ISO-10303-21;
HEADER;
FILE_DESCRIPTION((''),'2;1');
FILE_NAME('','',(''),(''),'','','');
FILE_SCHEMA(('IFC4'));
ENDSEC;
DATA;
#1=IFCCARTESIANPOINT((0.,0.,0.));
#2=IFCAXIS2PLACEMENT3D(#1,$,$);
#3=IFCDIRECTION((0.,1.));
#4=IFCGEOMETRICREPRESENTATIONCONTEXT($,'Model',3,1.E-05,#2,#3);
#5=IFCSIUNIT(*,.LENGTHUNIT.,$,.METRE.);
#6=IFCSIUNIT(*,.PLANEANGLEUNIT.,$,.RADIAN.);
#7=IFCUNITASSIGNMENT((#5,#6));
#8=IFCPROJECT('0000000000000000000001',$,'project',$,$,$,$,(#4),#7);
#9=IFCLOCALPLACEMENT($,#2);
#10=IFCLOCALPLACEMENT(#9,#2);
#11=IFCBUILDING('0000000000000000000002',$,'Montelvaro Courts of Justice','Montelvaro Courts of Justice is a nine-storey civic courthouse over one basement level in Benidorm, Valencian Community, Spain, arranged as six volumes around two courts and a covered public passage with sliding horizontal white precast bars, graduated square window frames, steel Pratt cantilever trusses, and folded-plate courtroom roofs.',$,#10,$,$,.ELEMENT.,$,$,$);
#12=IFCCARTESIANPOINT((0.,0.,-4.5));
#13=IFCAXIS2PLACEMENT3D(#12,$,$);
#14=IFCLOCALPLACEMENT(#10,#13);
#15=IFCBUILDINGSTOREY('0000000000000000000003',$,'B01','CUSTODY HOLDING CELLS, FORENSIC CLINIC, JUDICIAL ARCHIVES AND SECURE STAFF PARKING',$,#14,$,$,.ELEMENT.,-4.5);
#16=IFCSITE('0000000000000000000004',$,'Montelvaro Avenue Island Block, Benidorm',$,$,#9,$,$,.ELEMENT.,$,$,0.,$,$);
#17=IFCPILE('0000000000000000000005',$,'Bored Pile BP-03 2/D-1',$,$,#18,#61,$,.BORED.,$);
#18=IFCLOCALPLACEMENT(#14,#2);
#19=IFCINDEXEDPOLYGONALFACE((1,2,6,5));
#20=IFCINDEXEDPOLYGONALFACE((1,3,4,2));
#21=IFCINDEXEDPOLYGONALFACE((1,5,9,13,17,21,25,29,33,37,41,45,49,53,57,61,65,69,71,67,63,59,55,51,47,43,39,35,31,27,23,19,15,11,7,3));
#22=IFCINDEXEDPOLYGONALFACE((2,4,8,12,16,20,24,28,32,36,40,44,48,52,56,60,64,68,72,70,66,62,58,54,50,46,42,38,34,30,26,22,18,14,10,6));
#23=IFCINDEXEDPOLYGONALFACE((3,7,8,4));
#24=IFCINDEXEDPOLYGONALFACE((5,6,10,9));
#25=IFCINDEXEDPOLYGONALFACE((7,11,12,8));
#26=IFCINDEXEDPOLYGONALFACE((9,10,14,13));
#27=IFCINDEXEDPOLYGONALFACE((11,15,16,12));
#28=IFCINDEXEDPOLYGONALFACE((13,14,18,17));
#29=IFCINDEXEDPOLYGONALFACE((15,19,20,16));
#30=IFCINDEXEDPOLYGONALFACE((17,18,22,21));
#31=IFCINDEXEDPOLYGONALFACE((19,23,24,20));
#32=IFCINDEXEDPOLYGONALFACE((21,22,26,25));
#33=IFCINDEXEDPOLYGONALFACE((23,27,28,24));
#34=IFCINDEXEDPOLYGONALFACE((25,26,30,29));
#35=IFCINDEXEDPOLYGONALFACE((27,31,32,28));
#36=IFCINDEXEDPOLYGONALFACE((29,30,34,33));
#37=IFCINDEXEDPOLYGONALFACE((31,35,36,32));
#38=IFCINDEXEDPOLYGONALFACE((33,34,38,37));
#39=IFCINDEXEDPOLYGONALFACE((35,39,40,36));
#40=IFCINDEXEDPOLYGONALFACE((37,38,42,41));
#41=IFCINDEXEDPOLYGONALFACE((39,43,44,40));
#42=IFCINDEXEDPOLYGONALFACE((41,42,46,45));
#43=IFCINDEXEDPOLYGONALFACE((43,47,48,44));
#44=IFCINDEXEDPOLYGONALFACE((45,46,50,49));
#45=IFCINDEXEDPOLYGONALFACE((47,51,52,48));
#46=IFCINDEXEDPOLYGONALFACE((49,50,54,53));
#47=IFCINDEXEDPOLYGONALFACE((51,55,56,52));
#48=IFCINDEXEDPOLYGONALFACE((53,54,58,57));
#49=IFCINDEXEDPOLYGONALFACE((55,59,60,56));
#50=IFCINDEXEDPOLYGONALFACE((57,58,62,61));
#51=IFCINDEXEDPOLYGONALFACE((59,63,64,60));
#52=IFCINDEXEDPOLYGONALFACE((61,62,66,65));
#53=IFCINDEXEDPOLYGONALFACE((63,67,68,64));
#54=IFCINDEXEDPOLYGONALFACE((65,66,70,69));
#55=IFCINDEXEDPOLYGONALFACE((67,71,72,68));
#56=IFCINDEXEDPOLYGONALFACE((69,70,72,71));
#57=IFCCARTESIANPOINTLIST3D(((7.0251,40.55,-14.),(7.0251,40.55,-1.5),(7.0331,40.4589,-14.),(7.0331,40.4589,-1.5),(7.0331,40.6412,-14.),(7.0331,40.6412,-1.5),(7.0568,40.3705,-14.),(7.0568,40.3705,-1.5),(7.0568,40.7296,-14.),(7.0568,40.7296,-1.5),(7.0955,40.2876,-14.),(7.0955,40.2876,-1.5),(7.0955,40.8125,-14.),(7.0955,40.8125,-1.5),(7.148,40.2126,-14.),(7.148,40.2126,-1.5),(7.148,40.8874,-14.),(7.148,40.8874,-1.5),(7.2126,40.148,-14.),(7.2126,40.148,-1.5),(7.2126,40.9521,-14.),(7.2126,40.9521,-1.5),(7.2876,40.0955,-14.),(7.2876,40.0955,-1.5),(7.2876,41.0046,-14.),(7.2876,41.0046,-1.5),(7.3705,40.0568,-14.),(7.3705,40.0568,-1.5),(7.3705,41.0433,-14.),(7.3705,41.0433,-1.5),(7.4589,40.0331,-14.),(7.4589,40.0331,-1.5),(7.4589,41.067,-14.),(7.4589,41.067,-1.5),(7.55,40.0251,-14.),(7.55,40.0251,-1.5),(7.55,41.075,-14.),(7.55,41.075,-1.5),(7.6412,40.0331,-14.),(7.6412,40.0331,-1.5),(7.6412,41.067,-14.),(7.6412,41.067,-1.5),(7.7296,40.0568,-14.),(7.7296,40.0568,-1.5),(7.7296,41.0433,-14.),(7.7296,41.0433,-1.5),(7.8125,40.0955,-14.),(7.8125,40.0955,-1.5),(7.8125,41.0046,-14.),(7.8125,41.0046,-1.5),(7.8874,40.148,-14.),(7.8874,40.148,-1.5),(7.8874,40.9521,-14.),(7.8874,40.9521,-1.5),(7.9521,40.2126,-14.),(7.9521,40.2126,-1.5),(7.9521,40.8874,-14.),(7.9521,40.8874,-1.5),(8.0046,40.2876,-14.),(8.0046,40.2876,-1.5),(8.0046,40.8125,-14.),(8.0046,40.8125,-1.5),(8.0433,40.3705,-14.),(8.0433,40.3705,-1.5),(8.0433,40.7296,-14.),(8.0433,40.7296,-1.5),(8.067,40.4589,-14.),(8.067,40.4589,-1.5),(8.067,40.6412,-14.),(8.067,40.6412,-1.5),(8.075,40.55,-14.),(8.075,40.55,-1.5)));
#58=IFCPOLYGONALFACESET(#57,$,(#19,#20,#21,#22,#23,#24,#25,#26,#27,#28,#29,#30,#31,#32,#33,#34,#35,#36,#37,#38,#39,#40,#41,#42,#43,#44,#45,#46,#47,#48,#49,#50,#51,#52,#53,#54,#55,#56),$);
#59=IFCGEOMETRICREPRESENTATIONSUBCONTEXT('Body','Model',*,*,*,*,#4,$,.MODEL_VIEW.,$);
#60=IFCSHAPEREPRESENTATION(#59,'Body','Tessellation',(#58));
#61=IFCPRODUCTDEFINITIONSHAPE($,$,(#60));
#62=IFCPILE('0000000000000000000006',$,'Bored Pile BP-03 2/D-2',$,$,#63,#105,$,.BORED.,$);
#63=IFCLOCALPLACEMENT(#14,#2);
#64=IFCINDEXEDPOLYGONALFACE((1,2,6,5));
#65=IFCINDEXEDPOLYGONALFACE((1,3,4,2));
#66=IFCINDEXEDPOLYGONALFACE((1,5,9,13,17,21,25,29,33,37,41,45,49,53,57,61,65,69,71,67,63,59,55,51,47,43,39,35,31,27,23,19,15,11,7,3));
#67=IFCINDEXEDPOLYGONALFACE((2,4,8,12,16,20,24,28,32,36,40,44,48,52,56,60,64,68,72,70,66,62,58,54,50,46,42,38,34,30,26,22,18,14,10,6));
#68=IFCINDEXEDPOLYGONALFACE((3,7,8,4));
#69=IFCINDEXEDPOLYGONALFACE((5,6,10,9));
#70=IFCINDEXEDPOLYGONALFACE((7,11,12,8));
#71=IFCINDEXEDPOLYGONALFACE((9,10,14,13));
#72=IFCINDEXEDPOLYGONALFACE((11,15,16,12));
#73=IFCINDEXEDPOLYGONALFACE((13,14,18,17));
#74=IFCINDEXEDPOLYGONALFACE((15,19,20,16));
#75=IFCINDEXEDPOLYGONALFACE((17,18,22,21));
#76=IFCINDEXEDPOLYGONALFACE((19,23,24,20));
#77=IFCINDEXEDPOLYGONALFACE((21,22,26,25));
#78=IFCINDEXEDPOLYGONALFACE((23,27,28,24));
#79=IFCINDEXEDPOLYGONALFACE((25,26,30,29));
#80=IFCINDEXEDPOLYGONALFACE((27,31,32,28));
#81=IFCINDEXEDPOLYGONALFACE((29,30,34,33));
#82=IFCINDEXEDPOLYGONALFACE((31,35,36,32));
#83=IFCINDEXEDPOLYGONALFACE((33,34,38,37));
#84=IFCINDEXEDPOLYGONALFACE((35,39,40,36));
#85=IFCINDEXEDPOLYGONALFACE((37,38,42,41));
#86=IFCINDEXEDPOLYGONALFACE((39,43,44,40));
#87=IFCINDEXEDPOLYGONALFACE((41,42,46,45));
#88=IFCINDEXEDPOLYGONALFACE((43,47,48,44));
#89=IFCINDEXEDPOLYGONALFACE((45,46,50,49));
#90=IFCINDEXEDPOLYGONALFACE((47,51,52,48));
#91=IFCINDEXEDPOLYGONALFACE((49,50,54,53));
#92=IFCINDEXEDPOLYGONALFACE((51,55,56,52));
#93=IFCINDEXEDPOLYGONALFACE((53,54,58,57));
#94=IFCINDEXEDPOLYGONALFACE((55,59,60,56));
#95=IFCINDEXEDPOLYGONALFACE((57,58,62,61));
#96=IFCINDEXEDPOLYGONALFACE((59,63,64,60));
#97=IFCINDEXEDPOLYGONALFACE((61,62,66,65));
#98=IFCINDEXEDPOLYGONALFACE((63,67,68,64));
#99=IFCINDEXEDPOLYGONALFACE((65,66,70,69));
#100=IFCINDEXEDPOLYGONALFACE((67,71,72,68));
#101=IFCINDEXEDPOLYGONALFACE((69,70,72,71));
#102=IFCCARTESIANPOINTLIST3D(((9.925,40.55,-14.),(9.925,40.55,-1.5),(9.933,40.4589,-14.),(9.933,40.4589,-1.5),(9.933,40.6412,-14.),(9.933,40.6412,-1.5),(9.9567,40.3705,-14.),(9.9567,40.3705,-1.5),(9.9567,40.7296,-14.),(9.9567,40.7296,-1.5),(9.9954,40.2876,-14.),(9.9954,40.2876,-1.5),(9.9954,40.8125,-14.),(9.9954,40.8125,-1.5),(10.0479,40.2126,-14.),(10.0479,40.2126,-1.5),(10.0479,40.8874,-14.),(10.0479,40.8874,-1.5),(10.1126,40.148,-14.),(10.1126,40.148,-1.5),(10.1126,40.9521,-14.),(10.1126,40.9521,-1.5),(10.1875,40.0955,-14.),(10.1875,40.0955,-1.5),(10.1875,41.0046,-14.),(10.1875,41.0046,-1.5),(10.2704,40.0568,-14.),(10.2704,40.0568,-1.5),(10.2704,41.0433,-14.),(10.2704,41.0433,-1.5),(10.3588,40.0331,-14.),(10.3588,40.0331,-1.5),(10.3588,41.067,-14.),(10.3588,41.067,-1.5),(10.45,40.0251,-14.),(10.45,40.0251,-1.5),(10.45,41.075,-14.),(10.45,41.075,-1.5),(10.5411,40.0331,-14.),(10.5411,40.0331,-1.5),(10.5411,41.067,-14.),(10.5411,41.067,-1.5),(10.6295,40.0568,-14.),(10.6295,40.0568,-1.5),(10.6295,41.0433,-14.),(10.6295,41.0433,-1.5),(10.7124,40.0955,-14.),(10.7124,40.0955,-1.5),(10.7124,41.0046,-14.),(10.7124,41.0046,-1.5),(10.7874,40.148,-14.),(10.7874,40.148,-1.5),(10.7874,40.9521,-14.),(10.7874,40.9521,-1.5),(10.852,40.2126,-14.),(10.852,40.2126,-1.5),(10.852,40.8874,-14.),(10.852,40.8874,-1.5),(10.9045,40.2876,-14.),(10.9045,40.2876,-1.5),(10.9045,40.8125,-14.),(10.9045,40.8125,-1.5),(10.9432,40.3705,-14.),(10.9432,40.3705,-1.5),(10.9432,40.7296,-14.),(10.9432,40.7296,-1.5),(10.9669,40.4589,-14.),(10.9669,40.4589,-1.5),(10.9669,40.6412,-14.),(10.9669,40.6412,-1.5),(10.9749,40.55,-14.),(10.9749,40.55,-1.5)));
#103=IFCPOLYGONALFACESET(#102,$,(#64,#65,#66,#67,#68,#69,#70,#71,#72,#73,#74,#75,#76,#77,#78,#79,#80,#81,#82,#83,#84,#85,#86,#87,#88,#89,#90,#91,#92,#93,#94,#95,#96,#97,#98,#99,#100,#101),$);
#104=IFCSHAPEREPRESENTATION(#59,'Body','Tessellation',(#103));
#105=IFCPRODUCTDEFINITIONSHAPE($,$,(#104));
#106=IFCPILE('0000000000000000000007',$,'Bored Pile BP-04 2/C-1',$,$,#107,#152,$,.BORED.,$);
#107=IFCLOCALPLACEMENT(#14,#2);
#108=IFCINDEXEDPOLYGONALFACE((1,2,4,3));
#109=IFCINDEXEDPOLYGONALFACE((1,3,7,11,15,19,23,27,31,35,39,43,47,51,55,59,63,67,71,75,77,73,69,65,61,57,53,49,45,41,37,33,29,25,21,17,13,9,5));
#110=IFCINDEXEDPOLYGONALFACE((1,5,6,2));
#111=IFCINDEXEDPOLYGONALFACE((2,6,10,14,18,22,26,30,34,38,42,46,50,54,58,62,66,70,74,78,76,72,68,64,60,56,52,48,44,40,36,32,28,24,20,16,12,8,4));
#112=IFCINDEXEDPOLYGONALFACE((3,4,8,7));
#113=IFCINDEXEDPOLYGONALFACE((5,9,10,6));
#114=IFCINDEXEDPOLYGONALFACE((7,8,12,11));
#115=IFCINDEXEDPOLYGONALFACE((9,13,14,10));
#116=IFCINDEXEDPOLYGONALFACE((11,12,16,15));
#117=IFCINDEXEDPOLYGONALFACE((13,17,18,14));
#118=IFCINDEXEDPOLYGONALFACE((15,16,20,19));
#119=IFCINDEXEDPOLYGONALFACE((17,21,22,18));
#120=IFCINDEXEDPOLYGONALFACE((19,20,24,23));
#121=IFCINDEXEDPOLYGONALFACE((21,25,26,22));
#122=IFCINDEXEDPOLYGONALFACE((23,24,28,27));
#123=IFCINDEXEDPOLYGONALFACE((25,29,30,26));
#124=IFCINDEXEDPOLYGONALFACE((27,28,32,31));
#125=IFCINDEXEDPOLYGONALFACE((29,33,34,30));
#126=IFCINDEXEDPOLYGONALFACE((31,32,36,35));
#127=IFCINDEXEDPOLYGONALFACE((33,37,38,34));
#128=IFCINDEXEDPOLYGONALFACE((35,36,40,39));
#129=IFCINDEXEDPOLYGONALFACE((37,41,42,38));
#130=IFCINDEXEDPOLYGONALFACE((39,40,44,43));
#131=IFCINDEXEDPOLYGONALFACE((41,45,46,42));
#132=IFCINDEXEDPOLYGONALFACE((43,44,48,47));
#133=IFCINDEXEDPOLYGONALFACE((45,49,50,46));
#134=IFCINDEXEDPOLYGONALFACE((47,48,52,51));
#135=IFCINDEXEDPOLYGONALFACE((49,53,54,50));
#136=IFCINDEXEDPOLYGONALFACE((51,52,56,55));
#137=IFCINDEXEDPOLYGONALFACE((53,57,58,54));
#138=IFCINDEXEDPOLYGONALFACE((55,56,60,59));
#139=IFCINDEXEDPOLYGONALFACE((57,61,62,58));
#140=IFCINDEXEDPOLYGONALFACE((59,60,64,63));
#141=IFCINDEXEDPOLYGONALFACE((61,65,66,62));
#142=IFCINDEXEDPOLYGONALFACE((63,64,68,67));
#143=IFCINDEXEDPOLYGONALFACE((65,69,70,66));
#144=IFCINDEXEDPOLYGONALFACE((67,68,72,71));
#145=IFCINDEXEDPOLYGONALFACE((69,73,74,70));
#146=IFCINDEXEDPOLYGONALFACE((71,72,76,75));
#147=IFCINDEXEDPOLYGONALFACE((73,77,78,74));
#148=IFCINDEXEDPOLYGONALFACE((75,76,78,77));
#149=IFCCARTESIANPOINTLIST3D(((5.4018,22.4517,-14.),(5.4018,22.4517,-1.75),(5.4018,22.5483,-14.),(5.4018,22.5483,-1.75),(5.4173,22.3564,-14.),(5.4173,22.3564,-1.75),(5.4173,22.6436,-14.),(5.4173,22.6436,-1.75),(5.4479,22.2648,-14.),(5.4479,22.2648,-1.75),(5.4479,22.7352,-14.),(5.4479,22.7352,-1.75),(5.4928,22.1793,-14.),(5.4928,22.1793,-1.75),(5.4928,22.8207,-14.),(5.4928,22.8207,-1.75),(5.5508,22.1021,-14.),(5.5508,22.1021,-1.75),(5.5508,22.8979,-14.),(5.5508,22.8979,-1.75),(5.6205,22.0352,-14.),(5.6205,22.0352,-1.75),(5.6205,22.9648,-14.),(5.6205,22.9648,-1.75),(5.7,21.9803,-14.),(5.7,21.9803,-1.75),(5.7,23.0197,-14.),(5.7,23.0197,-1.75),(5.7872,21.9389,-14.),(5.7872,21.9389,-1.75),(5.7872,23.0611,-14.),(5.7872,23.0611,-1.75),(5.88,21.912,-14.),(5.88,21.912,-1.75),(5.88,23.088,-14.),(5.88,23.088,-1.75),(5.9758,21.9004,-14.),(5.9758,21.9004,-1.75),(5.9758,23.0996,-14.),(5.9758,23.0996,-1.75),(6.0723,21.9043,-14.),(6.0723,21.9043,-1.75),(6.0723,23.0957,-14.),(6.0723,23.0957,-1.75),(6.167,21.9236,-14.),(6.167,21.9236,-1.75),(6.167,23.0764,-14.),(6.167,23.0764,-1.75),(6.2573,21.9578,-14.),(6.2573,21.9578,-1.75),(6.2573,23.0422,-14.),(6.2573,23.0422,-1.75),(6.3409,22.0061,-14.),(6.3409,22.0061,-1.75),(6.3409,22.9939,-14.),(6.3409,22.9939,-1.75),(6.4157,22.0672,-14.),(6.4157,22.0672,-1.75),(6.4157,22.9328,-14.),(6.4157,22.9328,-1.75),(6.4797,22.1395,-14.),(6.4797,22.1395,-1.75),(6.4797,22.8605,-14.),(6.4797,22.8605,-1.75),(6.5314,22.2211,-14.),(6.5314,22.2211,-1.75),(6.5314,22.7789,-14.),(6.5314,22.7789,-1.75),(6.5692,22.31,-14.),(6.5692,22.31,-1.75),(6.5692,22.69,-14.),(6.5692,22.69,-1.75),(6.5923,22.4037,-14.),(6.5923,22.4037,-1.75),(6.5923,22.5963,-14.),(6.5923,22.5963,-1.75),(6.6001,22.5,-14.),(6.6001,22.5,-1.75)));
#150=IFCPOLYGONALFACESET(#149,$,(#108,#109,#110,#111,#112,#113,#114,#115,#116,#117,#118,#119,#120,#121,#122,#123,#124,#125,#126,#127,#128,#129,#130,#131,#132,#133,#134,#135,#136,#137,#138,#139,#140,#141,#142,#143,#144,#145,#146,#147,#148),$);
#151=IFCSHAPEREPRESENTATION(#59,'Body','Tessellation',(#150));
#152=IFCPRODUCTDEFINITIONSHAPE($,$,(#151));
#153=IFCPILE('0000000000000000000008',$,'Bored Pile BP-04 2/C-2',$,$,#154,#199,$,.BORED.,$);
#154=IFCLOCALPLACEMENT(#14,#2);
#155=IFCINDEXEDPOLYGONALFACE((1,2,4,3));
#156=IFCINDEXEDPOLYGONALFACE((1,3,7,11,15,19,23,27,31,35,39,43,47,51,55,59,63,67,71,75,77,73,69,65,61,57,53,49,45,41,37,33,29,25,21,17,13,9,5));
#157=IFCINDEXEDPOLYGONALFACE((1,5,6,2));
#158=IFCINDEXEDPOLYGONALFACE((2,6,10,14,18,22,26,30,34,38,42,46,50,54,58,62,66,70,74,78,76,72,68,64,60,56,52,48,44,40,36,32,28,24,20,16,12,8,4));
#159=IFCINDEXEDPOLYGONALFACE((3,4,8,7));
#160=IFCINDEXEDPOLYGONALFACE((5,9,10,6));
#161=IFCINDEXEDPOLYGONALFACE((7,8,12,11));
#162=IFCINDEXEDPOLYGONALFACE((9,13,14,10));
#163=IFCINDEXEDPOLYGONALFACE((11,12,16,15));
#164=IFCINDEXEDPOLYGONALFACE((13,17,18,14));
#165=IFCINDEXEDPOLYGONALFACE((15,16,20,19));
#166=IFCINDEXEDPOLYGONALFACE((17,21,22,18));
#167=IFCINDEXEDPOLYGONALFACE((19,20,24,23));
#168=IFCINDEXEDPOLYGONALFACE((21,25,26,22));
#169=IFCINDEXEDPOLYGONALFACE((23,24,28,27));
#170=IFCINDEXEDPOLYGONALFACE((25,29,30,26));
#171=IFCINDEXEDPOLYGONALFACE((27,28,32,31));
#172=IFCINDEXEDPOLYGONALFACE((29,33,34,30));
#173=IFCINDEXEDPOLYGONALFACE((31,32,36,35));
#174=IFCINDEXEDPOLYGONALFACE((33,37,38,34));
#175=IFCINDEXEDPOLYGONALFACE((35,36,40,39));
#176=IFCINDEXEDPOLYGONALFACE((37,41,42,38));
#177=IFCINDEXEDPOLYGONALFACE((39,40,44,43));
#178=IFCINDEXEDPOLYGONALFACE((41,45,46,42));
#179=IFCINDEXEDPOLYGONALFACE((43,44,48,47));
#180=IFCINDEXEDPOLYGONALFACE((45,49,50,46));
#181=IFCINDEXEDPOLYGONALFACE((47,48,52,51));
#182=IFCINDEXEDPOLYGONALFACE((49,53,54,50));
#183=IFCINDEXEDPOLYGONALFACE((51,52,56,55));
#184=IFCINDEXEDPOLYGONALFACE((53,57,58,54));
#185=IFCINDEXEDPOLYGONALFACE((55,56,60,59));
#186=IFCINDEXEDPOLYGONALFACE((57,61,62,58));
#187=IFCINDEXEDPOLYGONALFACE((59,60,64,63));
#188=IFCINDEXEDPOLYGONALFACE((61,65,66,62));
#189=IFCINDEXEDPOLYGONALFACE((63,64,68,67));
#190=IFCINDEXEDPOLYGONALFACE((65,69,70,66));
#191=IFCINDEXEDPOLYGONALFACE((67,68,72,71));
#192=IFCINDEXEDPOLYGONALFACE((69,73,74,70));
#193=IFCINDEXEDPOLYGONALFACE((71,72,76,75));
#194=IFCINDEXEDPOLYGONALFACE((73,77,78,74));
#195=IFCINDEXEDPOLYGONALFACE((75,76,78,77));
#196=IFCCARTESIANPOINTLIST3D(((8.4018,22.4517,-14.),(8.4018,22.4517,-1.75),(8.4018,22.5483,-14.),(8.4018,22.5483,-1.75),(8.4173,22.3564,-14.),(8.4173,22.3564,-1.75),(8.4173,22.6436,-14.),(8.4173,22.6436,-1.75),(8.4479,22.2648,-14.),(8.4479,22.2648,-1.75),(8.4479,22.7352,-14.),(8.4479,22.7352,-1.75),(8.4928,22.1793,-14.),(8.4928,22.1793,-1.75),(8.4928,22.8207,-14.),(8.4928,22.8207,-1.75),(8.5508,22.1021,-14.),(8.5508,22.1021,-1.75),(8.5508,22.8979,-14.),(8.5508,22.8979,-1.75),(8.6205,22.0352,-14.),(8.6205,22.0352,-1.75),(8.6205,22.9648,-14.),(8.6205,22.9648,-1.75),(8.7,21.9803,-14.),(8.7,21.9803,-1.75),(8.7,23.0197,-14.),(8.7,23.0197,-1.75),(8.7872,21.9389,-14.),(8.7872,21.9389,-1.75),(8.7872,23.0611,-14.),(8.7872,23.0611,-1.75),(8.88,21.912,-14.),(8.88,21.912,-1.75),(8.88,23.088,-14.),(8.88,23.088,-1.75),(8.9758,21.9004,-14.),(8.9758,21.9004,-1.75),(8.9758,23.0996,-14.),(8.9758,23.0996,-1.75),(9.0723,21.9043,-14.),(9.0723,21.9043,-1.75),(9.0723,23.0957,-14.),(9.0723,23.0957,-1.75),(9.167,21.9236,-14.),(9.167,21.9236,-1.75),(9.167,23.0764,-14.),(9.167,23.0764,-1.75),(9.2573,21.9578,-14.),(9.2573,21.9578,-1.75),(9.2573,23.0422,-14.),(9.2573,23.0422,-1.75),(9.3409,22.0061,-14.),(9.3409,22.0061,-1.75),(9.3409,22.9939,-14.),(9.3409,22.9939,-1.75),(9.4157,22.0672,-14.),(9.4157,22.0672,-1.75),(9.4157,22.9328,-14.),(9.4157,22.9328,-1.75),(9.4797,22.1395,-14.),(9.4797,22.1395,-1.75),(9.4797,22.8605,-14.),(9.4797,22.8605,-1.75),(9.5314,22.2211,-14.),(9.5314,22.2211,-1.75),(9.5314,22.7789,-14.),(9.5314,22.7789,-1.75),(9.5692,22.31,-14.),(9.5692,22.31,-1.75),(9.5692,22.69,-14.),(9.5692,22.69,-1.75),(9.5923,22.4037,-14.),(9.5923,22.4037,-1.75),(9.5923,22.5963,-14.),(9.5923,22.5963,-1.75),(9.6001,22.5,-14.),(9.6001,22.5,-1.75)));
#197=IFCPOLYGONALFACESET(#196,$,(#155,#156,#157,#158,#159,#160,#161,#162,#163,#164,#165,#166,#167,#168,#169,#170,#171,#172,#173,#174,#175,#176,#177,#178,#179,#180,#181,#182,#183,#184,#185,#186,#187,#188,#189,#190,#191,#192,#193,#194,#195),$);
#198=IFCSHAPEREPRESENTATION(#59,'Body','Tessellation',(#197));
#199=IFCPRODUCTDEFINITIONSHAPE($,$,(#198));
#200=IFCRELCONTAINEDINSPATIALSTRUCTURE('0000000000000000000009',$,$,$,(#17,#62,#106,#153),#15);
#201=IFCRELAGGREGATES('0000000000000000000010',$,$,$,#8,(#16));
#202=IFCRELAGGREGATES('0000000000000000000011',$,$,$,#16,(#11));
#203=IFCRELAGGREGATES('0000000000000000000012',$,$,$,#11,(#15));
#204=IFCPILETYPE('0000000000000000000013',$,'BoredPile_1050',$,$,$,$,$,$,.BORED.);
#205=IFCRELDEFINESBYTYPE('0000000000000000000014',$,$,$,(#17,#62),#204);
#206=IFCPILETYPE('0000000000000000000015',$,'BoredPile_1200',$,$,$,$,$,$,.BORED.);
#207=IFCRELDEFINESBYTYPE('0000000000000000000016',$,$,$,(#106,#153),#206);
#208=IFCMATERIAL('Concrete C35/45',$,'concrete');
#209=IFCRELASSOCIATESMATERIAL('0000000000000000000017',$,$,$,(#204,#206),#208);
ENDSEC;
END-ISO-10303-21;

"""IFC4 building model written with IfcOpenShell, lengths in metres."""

from ifc_helpers import new_model, si_unit, direction, frame, origin, origin_2d, place, context, subcontext, project, spatial, circle, extrude, material, material_profile, profile_set, type_object, element, save


model = new_model("IFC4")

# Units and contexts
model_context = context("Model", 3, precision=1e-05, world=origin(), true_north=direction((0.0, 1.0)))
body_context = subcontext(model_context, "Body", "Model", "MODEL_VIEW")
ifc_project = project(units=[si_unit("LENGTHUNIT", "METRE"), si_unit("PLANEANGLEUNIT", "RADIAN")], contexts=[model_context])

# Site, building, storey
site_placement = place(None, origin())
site = spatial("IfcSite", under=ifc_project, at=site_placement, Name="Montelvaro Avenue Island Block, Benidorm", CompositionType="ELEMENT", RefElevation=0.0)
building_placement = place(site_placement, origin())
building = spatial("IfcBuilding", under=site, at=building_placement, Name="Montelvaro Courts of Justice", Description="Montelvaro Courts of Justice is a nine-storey civic courthouse over one basement level in Benidorm, Valencian Community, Spain, arranged as six volumes around two courts and a covered public passage with sliding horizontal white precast bars, graduated square window frames, steel Pratt cantilever trusses, and folded-plate courtroom roofs.", CompositionType="ELEMENT")
storey_placement = place(building_placement, frame((0.0, 0.0, -4.5)))
storey = spatial("IfcBuildingStorey", under=building, at=storey_placement, Name="B01", Description="CUSTODY HOLDING CELLS, FORENSIC CLINIC, JUDICIAL ARCHIVES AND SECURE STAFF PARKING", CompositionType="ELEMENT", Elevation=-4.5)

# Piles
ifc_material_1 = material(Name="Concrete C35/45", Category="concrete")
ifc_material_profile_1 = material_profile(ifc_material_1, circle(Radius=0.5249, at=origin_2d()), Name="BORED PILE D1050")
ifc_profile_set_1 = profile_set([ifc_material_profile_1], Name="Concrete C35/45")
pile_type_1 = type_object("IfcPileType", Name="BoredPile_1050", PredefinedType="BORED", material=ifc_profile_set_1)
for number, where, z_axis, x_axis, name in (
    (1, (7.55, 40.55, -1.5), (0.0, 0.0, -1.0), (1.0, 0.0, 0.0), "Bored Pile BP-03 2/D-1"),
    (2, (10.45, 40.55, -1.5), (0.0, 0.0, -1.0), (1.0, 0.0, 0.0), "Bored Pile BP-03 2/D-2"),
):
    element("IfcPile", number, at=place(storey_placement, frame(where, z_axis=z_axis, x_axis=x_axis)), inside=storey, type_object=pile_type_1, Name=name, PredefinedType="BORED", context=body_context, shape_type="SweptSolid", body=[
        extrude(circle(Radius=0.5249, at=origin_2d()), origin(), (0.0, 0.0, 1.0), 12.5),
    ])
ifc_material_profile_2 = material_profile(ifc_material_1, circle(Radius=0.6001, at=origin_2d()), Name="BORED PILE D1200")
ifc_profile_set_2 = profile_set([ifc_material_profile_2], Name="Concrete C35/45")
pile_type_2 = type_object("IfcPileType", Name="BoredPile_1200", PredefinedType="BORED", material=ifc_profile_set_2)
for number, where, z_axis, x_axis, name in (
    (3, (6.0, 22.5, -1.75), (0.0, 0.0, -1.0), (1.0, 0.0, 0.0), "Bored Pile BP-04 2/C-1"),
    (4, (9.0, 22.5, -1.75), (0.0, 0.0, -1.0), (1.0, 0.0, 0.0), "Bored Pile BP-04 2/C-2"),
):
    element("IfcPile", number, at=place(storey_placement, frame(where, z_axis=z_axis, x_axis=x_axis)), inside=storey, type_object=pile_type_2, Name=name, PredefinedType="BORED", context=body_context, shape_type="SweptSolid", body=[
        extrude(circle(Radius=0.6001, at=origin_2d()), origin(), (0.0, 0.0, 1.0), 12.25),
    ])

save(model, "model.ifc")
